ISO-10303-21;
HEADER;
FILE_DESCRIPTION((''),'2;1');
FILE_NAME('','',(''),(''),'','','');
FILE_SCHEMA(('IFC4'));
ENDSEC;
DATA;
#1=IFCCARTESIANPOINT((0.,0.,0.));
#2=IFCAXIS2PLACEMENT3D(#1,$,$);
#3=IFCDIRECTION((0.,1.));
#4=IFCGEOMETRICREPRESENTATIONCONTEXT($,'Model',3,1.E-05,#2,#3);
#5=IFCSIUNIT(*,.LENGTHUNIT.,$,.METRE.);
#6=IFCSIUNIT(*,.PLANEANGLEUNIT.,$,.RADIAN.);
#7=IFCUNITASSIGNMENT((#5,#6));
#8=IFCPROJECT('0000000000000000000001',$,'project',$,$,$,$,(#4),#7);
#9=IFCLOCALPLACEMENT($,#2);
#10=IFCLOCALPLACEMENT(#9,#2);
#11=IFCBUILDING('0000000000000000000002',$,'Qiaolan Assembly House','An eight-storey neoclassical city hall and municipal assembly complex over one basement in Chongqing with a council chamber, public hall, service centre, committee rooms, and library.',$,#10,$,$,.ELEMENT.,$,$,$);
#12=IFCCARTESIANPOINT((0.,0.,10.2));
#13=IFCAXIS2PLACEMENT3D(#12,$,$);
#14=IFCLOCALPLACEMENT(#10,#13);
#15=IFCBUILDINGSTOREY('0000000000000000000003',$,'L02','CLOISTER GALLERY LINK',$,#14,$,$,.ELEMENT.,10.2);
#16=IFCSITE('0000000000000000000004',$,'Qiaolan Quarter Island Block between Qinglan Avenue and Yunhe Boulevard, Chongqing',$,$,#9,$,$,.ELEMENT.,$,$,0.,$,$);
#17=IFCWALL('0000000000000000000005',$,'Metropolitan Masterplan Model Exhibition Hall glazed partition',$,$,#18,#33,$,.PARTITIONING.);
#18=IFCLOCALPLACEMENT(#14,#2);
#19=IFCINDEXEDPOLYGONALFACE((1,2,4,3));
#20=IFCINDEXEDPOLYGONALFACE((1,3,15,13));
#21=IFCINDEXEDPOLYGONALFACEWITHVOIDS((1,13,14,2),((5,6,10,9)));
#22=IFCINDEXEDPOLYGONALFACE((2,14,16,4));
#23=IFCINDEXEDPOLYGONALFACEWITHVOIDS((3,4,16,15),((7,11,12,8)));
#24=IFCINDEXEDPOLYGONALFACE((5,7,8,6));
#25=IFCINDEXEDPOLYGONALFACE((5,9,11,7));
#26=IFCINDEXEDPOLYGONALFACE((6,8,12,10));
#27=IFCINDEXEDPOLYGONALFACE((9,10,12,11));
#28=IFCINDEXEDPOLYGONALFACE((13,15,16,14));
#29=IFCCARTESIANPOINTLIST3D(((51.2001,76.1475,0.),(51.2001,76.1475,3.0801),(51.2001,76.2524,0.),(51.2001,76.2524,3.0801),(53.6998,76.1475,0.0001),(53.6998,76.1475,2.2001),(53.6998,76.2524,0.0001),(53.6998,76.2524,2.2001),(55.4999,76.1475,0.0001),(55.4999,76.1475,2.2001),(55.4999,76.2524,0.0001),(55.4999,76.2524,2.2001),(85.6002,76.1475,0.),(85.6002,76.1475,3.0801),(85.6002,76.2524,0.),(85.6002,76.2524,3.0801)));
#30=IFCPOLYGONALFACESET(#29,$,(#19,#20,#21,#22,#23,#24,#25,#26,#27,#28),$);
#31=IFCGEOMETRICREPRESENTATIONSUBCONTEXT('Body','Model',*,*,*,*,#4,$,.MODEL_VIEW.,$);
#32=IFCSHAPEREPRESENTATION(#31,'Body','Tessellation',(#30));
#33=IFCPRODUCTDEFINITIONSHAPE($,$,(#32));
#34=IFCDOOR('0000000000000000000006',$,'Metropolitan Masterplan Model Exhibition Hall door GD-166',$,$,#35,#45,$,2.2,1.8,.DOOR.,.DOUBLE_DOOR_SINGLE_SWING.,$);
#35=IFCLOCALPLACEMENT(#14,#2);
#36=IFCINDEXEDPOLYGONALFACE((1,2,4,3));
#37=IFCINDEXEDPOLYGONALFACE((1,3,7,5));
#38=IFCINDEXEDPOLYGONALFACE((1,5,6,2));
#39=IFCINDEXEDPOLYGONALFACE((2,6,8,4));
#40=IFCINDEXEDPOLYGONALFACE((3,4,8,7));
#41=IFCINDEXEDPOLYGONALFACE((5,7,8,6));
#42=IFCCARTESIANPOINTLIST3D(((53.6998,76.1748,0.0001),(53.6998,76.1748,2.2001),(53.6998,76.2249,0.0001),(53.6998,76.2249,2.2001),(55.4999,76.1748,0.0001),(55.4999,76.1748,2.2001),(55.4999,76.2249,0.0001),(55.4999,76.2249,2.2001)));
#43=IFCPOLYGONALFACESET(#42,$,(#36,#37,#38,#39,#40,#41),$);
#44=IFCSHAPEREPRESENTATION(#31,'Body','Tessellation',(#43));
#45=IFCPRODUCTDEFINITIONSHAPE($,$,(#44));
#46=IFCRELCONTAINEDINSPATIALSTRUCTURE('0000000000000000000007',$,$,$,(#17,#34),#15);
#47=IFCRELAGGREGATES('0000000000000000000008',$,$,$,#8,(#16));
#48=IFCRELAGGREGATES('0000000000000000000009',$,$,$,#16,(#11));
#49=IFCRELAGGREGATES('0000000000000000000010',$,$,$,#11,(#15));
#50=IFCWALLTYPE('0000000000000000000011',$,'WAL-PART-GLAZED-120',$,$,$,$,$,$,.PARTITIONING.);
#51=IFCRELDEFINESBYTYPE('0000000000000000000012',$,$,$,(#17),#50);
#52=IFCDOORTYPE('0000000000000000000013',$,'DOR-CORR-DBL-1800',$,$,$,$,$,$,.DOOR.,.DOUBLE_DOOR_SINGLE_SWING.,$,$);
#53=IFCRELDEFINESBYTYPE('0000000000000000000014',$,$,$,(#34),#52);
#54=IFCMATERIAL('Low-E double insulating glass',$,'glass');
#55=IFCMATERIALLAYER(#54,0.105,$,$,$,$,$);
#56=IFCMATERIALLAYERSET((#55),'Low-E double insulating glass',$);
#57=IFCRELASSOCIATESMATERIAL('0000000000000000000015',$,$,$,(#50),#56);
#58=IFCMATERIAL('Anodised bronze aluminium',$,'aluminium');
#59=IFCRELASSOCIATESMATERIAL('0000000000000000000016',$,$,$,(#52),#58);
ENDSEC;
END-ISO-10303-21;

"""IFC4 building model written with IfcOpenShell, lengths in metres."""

from ifc_helpers import new_model, si_unit, direction, frame, frame_2d, origin, place, context, subcontext, project, spatial, rectangle, extrude, material, layer, layer_set, type_object, element, fill, save


model = new_model("IFC4")

# Units and contexts
model_context = context("Model", 3, precision=1e-05, world=origin(), true_north=direction((0.0, 1.0)))
body_context = subcontext(model_context, "Body", "Model", "MODEL_VIEW")
ifc_project = project(units=[si_unit("LENGTHUNIT", "METRE"), si_unit("PLANEANGLEUNIT", "RADIAN")], contexts=[model_context])

# Site, building, storey
site_placement = place(None, origin())
site = spatial("IfcSite", under=ifc_project, at=site_placement, Name="Qiaolan Quarter Island Block between Qinglan Avenue and Yunhe Boulevard, Chongqing", CompositionType="ELEMENT", RefElevation=0.0)
building_placement = place(site_placement, origin())
building = spatial("IfcBuilding", under=site, at=building_placement, Name="Qiaolan Assembly House", Description="An eight-storey neoclassical city hall and municipal assembly complex over one basement in Chongqing with a council chamber, public hall, service centre, committee rooms, and library.", CompositionType="ELEMENT")
storey_placement = place(building_placement, frame((0.0, 0.0, 10.2)))
storey = spatial("IfcBuildingStorey", under=building, at=storey_placement, Name="L02", Description="CLOISTER GALLERY LINK", CompositionType="ELEMENT", Elevation=10.2)

# Wall, opening, door
ifc_material_1 = material(Name="Low-E double insulating glass", Category="glass")
ifc_layer_1 = layer(ifc_material_1, 0.105)
ifc_layer_set_1 = layer_set([ifc_layer_1], Name="Low-E double insulating glass")
wall_type = type_object("IfcWallType", Name="WAL-PART-GLAZED-120", PredefinedType="PARTITIONING", material=ifc_layer_set_1)
wall_placement = place(storey_placement, frame((51.2, 76.2, 0.0), z_axis=(0.0, 0.0, 1.0), x_axis=(1.0, 0.0, 0.0)))
wall = element("IfcWall", 1, at=wall_placement, inside=storey, type_object=wall_type, Name="Metropolitan Masterplan Model Exhibition Hall glazed partition", PredefinedType="PARTITIONING", context=body_context, shape_type="SweptSolid", body=[
    extrude(rectangle(XDim=34.4001, YDim=0.105, at=frame_2d((17.2002, 0.0))), origin(), (0.0, 0.0, 1.0), 3.0801),
])
opening_placement = place(wall_placement, frame((2.5, 0.0, 0.0)))
opening = element("IfcOpeningElement", 2, at=opening_placement, cuts=wall, PredefinedType="OPENING", context=body_context, shape_type="SweptSolid", body=[
    extrude(rectangle(XDim=1.8, YDim=2.2, at=frame_2d((0.8999, 1.1001))), frame((0.0, 0.0625, 0.0), z_axis=(0.0, -1.0, 0.0), x_axis=(1.0, 0.0, 0.0)), (0.0, 0.0, 1.0), 0.125),
])
ifc_material_2 = material(Name="Anodised bronze aluminium", Category="aluminium")
door_type = type_object("IfcDoorType", Name="DOR-CORR-DBL-1800", OperationType="DOUBLE_DOOR_SINGLE_SWING", PredefinedType="DOOR", material=ifc_material_2)
door_placement = place(opening_placement, origin())
door = element("IfcDoor", 3, at=door_placement, inside=storey, type_object=door_type, Name="Metropolitan Masterplan Model Exhibition Hall door GD-166", OperationType="DOUBLE_DOOR_SINGLE_SWING", OverallHeight=2.2, OverallWidth=1.8, PredefinedType="DOOR", context=body_context, shape_type="SweptSolid", body=[
    extrude(rectangle(XDim=1.8, YDim=2.2, at=frame_2d((0.8999, 1.1001))), frame((0.0, 0.0249, 0.0), z_axis=(0.0, -1.0, 0.0), x_axis=(1.0, 0.0, 0.0)), (0.0, 0.0, 1.0), 0.05),
])
fill(opening, door)

save(model, "model.ifc")
